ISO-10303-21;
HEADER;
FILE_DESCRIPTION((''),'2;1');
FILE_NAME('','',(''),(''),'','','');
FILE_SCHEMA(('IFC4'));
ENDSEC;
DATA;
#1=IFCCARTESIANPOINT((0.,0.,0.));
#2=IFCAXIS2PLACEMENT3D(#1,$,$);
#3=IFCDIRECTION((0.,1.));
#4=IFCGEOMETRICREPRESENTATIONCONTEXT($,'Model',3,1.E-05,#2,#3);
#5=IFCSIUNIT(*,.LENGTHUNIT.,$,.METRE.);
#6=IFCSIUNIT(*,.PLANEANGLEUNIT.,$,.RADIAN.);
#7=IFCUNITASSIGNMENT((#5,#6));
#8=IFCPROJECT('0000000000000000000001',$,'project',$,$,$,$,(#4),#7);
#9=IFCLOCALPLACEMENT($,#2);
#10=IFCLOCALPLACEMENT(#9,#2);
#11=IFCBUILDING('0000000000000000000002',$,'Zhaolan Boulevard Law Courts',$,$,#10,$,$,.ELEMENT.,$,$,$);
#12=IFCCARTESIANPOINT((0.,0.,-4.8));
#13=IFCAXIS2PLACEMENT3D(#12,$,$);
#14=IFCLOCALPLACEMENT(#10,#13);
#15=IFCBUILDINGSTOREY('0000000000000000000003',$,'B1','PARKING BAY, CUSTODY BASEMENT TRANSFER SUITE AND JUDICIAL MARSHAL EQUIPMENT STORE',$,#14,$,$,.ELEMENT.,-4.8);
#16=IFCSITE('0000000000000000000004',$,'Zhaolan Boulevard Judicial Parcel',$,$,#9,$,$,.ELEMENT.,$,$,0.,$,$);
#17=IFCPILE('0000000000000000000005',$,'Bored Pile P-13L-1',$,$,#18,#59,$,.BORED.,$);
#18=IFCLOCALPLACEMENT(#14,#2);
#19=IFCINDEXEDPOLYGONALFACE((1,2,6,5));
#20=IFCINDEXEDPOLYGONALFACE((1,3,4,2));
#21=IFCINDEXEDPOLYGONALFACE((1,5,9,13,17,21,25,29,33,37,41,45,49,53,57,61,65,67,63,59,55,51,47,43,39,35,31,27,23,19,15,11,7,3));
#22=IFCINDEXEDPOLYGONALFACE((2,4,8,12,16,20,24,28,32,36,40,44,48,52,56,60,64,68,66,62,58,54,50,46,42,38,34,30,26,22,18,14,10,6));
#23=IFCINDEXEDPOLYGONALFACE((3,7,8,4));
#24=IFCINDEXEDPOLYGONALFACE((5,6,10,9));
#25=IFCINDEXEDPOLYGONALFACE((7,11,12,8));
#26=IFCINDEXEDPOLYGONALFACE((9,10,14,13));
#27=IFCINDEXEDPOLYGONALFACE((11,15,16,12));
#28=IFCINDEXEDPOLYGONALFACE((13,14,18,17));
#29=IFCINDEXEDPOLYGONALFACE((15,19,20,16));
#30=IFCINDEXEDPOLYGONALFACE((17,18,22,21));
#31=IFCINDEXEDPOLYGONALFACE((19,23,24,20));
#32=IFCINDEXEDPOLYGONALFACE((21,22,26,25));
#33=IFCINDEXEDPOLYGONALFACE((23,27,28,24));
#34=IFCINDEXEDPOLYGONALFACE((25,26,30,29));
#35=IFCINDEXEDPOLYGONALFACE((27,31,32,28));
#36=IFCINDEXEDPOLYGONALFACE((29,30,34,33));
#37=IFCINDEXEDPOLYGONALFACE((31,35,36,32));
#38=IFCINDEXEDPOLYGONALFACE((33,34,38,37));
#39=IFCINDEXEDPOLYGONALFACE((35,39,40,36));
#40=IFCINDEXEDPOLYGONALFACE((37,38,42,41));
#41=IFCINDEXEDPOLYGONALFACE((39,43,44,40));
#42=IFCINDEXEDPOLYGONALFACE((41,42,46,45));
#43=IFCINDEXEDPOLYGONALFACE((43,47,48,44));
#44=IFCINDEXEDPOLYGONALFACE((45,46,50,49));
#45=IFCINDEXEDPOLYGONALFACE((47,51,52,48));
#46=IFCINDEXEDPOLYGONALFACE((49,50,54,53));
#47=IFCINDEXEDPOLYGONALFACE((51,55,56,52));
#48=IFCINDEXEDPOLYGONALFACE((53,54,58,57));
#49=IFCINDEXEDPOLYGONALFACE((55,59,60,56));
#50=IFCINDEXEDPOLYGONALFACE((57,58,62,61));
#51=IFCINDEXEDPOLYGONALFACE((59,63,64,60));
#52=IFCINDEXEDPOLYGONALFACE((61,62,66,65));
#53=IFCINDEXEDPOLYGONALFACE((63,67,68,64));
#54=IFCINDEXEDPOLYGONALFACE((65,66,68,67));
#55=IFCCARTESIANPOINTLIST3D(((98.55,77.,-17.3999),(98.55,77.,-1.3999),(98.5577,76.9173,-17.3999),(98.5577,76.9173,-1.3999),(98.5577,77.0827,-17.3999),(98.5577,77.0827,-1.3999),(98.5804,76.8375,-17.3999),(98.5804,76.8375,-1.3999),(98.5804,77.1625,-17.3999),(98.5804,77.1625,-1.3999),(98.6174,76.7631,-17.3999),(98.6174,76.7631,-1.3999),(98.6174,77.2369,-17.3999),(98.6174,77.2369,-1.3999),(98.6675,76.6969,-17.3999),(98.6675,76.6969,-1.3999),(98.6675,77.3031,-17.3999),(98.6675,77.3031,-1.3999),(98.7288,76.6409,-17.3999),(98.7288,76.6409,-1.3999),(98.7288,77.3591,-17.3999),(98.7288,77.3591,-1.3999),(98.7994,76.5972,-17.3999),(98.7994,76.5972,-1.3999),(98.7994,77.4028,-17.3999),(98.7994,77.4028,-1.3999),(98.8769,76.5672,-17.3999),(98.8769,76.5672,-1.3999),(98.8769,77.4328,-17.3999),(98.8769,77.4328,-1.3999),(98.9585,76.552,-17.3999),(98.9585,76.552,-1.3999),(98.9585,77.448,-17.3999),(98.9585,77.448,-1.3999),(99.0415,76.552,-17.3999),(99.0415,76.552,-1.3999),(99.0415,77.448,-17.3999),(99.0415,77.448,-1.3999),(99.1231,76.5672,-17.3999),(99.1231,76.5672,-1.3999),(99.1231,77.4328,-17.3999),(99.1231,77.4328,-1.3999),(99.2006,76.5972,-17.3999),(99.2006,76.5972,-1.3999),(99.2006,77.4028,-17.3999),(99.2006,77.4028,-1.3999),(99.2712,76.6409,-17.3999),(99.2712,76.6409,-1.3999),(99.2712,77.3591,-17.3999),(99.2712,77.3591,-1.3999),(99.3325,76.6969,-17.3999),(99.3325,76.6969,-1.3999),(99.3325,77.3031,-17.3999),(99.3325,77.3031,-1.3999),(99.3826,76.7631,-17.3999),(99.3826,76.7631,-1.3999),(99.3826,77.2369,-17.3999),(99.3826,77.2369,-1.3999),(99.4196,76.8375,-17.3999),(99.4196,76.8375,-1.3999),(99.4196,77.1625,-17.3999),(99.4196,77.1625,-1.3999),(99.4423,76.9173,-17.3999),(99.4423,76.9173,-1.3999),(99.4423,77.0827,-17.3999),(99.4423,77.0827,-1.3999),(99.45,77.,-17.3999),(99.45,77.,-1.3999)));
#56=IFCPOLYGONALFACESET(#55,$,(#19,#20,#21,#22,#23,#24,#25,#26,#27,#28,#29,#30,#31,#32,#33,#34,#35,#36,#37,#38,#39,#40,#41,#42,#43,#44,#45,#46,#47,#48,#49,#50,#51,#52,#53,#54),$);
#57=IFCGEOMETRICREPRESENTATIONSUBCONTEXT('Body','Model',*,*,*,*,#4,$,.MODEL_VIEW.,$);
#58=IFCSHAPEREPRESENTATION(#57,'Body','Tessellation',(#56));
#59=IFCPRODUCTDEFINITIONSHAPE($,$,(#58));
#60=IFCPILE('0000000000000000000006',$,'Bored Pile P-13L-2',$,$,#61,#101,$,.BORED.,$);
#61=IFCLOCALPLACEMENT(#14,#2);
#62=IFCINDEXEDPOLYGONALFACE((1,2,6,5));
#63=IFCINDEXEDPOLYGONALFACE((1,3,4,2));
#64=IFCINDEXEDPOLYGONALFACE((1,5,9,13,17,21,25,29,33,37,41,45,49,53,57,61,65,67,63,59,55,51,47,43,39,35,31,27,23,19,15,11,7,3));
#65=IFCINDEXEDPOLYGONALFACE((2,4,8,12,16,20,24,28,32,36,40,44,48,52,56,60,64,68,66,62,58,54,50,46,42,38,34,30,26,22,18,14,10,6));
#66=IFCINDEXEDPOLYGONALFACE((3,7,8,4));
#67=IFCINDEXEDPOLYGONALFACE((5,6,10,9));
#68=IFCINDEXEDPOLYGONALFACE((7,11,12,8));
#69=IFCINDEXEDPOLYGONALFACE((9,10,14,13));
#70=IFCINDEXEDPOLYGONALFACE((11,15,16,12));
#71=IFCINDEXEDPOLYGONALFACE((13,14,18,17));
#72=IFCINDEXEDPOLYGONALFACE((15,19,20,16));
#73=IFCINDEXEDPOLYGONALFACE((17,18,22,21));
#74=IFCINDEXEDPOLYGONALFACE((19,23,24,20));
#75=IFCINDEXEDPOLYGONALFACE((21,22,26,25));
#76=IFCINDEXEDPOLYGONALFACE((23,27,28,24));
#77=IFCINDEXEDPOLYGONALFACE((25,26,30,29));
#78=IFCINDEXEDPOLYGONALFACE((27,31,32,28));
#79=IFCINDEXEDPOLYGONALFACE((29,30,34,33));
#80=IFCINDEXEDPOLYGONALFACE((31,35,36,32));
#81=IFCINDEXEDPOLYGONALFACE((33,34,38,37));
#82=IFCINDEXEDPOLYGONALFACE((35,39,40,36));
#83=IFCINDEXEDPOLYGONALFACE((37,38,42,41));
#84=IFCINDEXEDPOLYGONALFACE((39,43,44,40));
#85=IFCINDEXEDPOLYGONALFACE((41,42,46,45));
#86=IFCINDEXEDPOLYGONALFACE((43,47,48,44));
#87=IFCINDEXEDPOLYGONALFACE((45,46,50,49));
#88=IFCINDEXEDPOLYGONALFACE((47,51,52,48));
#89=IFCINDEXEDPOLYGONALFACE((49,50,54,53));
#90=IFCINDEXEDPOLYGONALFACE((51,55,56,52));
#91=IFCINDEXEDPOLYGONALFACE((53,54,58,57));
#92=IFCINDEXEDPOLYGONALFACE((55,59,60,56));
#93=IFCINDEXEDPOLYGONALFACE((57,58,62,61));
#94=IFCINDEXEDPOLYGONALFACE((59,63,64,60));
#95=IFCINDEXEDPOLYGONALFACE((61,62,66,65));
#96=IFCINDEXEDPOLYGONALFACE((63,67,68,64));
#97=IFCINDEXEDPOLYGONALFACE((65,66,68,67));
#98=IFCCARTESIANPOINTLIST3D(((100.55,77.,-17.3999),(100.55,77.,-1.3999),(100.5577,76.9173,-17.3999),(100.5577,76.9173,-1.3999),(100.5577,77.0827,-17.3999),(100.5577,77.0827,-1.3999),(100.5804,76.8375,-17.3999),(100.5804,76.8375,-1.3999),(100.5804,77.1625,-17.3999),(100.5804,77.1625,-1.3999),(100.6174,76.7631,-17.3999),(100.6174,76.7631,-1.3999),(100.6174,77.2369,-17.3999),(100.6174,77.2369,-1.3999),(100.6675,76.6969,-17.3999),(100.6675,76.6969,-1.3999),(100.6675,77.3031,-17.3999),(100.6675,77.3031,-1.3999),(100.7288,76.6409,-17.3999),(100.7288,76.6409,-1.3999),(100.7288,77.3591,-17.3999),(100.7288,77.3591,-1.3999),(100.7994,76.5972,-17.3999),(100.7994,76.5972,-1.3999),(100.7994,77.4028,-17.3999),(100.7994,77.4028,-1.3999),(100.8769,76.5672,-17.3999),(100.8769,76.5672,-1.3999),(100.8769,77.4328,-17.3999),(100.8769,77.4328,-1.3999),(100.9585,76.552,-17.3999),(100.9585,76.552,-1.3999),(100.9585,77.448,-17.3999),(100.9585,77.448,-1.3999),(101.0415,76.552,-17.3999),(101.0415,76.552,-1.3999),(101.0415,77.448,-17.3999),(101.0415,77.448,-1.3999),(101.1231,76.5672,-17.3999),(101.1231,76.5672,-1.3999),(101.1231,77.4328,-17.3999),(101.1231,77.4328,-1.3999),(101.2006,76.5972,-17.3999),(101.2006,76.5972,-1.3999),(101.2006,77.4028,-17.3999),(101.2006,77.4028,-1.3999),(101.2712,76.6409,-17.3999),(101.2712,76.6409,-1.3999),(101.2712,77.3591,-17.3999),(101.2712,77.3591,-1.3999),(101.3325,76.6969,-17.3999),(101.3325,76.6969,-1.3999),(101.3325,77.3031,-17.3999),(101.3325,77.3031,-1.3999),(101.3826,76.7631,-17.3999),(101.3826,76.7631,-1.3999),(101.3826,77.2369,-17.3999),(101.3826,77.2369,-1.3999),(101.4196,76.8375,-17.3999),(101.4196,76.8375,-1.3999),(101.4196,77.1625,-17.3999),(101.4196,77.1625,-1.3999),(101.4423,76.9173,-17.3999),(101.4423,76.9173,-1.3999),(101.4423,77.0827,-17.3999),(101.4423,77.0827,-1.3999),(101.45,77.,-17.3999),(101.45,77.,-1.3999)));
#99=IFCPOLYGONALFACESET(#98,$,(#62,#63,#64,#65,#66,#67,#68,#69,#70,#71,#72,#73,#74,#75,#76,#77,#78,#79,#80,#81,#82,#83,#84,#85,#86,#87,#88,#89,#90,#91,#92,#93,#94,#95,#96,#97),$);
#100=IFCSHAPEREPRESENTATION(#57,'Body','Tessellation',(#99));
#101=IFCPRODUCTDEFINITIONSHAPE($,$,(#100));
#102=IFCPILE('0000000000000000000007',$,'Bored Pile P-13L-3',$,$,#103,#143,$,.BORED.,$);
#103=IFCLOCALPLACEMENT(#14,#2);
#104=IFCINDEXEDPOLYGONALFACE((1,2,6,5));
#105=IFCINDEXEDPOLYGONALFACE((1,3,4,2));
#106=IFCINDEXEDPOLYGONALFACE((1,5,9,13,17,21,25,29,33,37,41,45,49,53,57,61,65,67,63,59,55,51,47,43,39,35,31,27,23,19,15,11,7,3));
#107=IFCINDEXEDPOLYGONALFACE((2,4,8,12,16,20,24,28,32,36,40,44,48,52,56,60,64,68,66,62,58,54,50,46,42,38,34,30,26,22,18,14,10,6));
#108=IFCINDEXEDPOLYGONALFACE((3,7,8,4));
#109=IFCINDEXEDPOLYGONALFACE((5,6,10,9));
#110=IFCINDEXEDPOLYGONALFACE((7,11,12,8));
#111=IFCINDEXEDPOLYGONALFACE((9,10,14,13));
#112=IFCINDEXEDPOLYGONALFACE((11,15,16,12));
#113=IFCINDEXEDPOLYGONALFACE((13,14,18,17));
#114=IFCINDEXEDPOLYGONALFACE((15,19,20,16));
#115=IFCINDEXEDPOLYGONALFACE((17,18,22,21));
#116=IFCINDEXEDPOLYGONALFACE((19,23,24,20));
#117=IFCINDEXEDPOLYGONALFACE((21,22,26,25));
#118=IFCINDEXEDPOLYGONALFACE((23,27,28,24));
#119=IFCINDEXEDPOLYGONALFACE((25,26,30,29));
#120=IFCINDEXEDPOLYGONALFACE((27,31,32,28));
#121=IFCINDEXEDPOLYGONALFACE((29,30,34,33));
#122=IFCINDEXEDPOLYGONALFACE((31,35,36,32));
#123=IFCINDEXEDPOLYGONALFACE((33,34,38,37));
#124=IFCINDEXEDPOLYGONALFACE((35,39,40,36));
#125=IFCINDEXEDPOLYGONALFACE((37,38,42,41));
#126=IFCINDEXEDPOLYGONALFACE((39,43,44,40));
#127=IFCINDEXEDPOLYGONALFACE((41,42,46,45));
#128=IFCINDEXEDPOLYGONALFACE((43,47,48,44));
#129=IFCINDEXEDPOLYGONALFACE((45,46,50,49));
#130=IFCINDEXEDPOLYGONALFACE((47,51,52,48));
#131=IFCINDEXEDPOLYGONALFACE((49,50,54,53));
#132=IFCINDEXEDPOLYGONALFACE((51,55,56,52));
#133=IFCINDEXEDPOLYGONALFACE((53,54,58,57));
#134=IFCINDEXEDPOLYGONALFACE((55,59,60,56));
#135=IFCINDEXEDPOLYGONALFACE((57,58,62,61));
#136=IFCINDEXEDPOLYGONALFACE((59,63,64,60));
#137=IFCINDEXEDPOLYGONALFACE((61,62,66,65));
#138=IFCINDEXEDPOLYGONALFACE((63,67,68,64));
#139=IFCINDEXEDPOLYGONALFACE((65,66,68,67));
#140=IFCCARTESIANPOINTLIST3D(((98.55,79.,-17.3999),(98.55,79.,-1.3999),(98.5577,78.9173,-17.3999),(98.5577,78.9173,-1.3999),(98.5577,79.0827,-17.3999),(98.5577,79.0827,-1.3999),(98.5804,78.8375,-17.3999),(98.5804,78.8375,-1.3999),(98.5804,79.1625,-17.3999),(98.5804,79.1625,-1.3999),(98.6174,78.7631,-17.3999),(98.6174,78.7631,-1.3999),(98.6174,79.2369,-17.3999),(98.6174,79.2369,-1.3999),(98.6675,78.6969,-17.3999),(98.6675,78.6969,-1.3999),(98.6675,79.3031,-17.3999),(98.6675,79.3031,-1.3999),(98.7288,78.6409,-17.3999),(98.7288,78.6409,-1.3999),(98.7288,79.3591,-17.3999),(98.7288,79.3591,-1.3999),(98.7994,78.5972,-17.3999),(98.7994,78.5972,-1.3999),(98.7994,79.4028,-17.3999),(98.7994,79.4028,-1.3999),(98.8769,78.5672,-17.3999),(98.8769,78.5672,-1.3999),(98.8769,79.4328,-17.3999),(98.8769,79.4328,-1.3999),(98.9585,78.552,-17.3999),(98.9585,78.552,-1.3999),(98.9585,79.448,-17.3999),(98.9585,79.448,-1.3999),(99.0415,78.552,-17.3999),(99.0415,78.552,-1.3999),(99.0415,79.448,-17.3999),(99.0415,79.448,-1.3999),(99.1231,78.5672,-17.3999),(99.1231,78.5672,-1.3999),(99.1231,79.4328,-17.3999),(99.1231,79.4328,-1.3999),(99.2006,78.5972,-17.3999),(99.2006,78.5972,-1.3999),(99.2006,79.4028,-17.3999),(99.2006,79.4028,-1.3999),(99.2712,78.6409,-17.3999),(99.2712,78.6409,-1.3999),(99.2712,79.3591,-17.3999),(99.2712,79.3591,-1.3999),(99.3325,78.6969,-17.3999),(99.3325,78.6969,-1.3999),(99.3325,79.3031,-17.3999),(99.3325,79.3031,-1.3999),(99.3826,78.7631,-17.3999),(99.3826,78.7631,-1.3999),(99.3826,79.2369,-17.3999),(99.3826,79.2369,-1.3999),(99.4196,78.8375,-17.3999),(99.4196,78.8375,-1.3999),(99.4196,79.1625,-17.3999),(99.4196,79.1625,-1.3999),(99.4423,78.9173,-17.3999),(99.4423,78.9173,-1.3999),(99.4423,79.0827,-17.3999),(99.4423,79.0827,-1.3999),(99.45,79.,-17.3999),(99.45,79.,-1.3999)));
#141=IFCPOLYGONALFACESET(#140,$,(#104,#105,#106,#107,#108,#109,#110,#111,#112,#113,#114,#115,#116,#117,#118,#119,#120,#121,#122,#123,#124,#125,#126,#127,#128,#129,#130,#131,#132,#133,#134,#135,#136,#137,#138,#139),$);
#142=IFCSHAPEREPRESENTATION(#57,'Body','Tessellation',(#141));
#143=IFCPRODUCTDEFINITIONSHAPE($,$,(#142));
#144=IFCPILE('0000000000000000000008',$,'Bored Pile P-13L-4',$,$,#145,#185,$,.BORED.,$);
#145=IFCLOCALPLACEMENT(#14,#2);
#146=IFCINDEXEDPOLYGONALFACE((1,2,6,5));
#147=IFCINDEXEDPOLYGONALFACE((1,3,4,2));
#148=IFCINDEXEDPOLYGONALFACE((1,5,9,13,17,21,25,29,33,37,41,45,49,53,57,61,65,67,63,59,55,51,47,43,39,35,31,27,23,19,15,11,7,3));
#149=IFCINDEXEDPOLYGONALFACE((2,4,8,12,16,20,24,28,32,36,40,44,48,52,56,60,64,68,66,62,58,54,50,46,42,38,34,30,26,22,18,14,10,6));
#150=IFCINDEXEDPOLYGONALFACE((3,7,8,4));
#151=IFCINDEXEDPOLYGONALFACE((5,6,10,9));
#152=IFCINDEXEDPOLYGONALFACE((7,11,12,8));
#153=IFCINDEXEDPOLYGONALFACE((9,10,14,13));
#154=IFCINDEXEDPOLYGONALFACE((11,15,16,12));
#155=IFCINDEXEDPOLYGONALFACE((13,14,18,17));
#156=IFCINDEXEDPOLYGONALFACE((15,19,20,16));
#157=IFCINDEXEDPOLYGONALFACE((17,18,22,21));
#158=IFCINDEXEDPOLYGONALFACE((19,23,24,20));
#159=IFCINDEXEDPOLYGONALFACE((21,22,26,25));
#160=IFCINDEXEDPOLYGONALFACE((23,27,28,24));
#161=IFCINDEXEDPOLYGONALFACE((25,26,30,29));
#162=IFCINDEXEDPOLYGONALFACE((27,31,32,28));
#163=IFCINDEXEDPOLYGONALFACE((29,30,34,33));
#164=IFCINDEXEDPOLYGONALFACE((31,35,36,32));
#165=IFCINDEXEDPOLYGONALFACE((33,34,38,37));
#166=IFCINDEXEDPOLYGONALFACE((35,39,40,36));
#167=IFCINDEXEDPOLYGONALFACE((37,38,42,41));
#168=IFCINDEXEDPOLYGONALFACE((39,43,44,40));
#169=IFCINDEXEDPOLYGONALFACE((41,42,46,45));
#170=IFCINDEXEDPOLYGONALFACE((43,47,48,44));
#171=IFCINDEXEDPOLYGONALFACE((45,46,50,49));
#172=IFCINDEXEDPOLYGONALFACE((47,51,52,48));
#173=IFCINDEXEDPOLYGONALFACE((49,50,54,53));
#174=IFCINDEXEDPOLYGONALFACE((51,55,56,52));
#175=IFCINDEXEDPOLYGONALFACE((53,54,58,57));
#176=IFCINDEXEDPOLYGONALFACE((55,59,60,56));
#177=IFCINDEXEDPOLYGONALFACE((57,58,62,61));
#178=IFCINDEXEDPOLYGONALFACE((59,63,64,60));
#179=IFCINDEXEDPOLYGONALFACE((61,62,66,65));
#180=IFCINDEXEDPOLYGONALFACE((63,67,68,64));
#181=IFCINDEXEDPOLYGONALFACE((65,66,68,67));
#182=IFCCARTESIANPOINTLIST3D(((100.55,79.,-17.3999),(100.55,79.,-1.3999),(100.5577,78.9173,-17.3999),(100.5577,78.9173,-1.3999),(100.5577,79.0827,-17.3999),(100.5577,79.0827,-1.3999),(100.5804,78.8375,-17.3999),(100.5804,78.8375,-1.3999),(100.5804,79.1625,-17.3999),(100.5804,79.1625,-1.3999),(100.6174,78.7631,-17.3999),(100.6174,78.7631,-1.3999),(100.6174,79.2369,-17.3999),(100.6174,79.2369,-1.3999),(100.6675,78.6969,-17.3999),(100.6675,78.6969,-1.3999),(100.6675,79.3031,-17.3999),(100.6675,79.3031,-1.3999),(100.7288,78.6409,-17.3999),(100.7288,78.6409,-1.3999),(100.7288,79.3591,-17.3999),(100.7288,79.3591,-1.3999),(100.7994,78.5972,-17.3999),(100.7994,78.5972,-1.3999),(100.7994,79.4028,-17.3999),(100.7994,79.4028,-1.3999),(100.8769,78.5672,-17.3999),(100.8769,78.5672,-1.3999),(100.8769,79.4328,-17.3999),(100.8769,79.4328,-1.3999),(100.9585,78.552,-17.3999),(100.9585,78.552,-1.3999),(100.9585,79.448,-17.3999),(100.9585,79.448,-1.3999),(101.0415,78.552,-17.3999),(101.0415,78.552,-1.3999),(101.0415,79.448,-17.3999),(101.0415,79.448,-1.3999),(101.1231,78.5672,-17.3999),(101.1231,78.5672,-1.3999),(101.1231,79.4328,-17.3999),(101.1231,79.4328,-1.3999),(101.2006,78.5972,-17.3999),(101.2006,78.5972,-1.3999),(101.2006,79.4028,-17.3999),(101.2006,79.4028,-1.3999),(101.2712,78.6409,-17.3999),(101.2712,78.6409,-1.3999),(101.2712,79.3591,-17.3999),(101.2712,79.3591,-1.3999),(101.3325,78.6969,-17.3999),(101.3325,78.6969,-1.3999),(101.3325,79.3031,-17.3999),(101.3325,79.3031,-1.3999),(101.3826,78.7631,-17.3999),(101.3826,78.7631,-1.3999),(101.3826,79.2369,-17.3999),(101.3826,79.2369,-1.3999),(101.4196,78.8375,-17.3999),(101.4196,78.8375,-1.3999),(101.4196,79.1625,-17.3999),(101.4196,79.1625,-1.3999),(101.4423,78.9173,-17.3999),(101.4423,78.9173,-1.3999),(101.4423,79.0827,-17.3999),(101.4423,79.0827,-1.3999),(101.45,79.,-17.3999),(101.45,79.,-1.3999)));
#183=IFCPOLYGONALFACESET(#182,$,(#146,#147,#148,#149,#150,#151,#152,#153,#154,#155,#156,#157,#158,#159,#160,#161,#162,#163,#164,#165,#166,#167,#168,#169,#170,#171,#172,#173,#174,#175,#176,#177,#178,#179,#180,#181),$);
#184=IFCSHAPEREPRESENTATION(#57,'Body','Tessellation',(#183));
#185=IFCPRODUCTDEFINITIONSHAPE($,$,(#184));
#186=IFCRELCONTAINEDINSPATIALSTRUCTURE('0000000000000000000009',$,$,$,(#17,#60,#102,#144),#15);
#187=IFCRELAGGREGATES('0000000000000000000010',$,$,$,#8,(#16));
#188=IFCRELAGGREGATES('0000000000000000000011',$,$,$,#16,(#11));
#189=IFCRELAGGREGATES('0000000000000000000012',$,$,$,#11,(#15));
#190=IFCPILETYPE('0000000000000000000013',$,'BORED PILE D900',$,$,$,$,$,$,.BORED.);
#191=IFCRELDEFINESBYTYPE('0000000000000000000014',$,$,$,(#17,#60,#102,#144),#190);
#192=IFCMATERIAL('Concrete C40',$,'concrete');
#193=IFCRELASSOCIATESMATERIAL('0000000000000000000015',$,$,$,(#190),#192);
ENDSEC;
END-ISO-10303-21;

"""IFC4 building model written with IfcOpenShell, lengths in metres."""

from ifc_helpers import new_model, si_unit, direction, frame, origin, origin_2d, place, context, subcontext, project, spatial, circle, extrude, material, material_profile, profile_set, type_object, element, save


model = new_model("IFC4")

# Units and contexts
model_context = context("Model", 3, precision=1e-05, world=origin(), true_north=direction((0.0, 1.0)))
body_context = subcontext(model_context, "Body", "Model", "MODEL_VIEW")
ifc_project = project(units=[si_unit("LENGTHUNIT", "METRE"), si_unit("PLANEANGLEUNIT", "RADIAN")], contexts=[model_context])

# Site, building, storey
site_placement = place(None, origin())
site = spatial("IfcSite", under=ifc_project, at=site_placement, Name="Zhaolan Boulevard Judicial Parcel", CompositionType="ELEMENT", RefElevation=0.0)
building_placement = place(site_placement, origin())
building = spatial("IfcBuilding", under=site, at=building_placement, Name="Zhaolan Boulevard Law Courts", CompositionType="ELEMENT")
storey_placement = place(building_placement, frame((0.0, 0.0, -4.8)))
storey = spatial("IfcBuildingStorey", under=building, at=storey_placement, Name="B1", Description="PARKING BAY, CUSTODY BASEMENT TRANSFER SUITE AND JUDICIAL MARSHAL EQUIPMENT STORE", CompositionType="ELEMENT", Elevation=-4.8)

# Piles
ifc_material_1 = material(Name="Concrete C40", Category="concrete")
ifc_material_profile_1 = material_profile(ifc_material_1, circle(Radius=0.45, at=origin_2d()), Name="PILE-D900")
ifc_profile_set_1 = profile_set([ifc_material_profile_1], Name="Concrete C40")
pile_type = type_object("IfcPileType", Name="BORED PILE D900", PredefinedType="BORED", material=ifc_profile_set_1)
for number, where, z_axis, x_axis, name in (
    (1, (99.0, 77.0, -1.3999), (0.0, 0.0, -1.0), (1.0, 0.0, 0.0), "Bored Pile P-13L-1"),
    (2, (101.0, 77.0, -1.3999), (0.0, 0.0, -1.0), (1.0, 0.0, 0.0), "Bored Pile P-13L-2"),
    (3, (99.0, 79.0, -1.3999), (0.0, 0.0, -1.0), (1.0, 0.0, 0.0), "Bored Pile P-13L-3"),
    (4, (101.0, 79.0, -1.3999), (0.0, 0.0, -1.0), (1.0, 0.0, 0.0), "Bored Pile P-13L-4"),
):
    element("IfcPile", number, at=place(storey_placement, frame(where, z_axis=z_axis, x_axis=x_axis)), inside=storey, type_object=pile_type, Name=name, PredefinedType="BORED", context=body_context, shape_type="SweptSolid", body=[
        extrude(circle(Radius=0.45, at=origin_2d()), origin(), (0.0, 0.0, 1.0), 16.0),
    ])

save(model, "model.ifc")
